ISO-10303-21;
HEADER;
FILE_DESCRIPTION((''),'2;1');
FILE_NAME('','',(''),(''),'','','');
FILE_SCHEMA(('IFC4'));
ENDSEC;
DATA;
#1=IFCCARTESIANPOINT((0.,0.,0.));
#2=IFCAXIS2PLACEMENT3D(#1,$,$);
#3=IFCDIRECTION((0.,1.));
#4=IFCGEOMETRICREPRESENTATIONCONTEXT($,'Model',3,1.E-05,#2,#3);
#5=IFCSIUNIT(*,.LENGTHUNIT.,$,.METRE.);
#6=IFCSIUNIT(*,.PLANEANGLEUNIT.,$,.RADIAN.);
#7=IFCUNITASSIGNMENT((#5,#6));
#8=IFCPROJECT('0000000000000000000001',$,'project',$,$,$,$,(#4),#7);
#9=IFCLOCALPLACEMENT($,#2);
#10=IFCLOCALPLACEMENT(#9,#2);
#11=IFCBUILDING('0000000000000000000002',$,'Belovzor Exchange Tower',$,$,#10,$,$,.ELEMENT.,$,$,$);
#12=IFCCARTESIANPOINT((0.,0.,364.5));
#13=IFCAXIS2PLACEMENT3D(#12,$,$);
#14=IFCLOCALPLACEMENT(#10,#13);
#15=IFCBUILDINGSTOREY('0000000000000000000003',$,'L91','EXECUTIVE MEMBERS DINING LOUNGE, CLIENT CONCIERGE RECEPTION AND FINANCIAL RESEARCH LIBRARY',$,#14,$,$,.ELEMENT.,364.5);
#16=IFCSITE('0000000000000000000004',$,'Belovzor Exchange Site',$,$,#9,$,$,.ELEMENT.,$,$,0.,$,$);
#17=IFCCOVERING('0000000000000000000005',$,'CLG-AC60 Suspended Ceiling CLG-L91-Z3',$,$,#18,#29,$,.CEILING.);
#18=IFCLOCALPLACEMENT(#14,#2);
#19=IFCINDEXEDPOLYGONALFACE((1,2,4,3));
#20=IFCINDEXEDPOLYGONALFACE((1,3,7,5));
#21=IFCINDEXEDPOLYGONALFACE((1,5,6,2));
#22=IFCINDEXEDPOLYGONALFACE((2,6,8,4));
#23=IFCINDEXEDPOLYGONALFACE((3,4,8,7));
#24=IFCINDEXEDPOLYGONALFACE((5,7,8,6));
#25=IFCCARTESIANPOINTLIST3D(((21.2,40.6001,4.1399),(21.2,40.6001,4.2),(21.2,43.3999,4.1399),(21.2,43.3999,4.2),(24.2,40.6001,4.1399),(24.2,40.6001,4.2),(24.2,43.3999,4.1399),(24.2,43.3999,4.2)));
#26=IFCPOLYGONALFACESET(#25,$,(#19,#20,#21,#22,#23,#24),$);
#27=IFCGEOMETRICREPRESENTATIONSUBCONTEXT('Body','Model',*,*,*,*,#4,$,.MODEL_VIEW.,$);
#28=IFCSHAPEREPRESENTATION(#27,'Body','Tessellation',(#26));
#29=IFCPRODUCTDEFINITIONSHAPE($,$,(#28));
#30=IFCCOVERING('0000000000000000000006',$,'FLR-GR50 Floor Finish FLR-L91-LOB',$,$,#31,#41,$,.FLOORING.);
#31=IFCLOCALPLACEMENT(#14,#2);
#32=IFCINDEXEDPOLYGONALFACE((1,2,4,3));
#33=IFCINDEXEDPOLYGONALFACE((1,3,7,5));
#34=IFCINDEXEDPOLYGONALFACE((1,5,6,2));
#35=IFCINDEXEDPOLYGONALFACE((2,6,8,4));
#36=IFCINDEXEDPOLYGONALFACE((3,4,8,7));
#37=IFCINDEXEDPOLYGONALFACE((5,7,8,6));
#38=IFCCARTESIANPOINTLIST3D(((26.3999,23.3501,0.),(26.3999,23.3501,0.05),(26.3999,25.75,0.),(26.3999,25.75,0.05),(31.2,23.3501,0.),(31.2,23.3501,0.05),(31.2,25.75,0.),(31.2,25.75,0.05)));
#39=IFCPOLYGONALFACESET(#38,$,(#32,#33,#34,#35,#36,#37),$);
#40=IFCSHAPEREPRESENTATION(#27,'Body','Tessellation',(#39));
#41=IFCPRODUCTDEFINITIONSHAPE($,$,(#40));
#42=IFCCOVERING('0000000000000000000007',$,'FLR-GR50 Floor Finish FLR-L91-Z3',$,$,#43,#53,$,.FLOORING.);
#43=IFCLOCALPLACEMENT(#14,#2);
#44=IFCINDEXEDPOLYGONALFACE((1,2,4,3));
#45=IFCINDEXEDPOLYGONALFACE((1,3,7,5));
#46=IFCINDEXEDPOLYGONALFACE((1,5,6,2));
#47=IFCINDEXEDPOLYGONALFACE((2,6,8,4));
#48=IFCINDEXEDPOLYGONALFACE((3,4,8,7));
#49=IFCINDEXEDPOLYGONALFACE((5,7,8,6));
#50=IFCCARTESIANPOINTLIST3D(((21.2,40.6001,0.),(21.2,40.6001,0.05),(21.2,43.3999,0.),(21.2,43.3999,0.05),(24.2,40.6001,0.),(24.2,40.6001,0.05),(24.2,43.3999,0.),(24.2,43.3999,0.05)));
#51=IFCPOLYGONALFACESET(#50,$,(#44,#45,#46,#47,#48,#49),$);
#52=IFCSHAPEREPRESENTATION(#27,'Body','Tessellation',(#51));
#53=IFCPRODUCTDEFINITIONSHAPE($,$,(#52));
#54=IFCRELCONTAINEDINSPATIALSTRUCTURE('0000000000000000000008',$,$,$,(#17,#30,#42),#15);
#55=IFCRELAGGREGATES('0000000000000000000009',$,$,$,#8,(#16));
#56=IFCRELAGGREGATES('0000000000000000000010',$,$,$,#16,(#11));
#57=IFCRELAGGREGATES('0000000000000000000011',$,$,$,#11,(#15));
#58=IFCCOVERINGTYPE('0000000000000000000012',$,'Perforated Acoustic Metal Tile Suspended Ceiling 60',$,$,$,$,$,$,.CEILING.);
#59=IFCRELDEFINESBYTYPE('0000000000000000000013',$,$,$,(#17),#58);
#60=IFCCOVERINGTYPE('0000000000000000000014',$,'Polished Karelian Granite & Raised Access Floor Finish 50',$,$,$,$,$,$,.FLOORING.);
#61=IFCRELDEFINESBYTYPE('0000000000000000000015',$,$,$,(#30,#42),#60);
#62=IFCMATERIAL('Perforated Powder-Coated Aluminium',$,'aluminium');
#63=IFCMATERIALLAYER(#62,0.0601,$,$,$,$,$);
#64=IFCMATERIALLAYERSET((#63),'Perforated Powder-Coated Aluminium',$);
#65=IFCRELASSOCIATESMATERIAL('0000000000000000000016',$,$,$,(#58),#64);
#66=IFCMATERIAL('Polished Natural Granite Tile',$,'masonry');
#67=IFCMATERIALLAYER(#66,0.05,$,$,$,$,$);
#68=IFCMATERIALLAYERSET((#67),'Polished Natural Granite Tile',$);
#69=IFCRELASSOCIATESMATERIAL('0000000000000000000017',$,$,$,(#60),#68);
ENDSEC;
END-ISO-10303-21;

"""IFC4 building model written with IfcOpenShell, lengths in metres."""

from ifc_helpers import new_model, si_unit, direction, frame, origin, place, context, subcontext, project, spatial, polyline, outline, extrude, material, layer, layer_set, type_object, element, save


model = new_model("IFC4")

# Units and contexts
model_context = context("Model", 3, precision=1e-05, world=origin(), true_north=direction((0.0, 1.0)))
body_context = subcontext(model_context, "Body", "Model", "MODEL_VIEW")
ifc_project = project(units=[si_unit("LENGTHUNIT", "METRE"), si_unit("PLANEANGLEUNIT", "RADIAN")], contexts=[model_context])

# Site, building, storey
site_placement = place(None, origin())
site = spatial("IfcSite", under=ifc_project, at=site_placement, Name="Belovzor Exchange Site", CompositionType="ELEMENT", RefElevation=0.0)
building_placement = place(site_placement, origin())
building = spatial("IfcBuilding", under=site, at=building_placement, Name="Belovzor Exchange Tower", CompositionType="ELEMENT")
storey_placement = place(building_placement, frame((0.0, 0.0, 364.5)))
storey = spatial("IfcBuildingStorey", under=building, at=storey_placement, Name="L91", Description="EXECUTIVE MEMBERS DINING LOUNGE, CLIENT CONCIERGE RECEPTION AND FINANCIAL RESEARCH LIBRARY", CompositionType="ELEMENT", Elevation=364.5)

# Coverings
ifc_material_1 = material(Name="Perforated Powder-Coated Aluminium", Category="aluminium")
ifc_layer_1 = layer(ifc_material_1, 0.0601)
ifc_layer_set_1 = layer_set([ifc_layer_1], Name="Perforated Powder-Coated Aluminium")
covering_type_1 = type_object("IfcCoveringType", Name="Perforated Acoustic Metal Tile Suspended Ceiling 60", PredefinedType="CEILING", material=ifc_layer_set_1)
covering_1_placement = place(storey_placement, frame((0.0, 0.0, 4.1399)))
element("IfcCovering", 1, at=covering_1_placement, inside=storey, type_object=covering_type_1, Name="CLG-AC60 Suspended Ceiling CLG-L91-Z3", PredefinedType="CEILING", context=body_context, shape_type="SweptSolid", body=[
    extrude(outline(polyline([(21.2, 40.6001), (24.2, 40.6001), (24.2, 43.3999), (21.2, 43.3999), (21.2, 40.6001)])), origin(), (0.0, 0.0, 1.0), 0.0601),
])
ifc_material_2 = material(Name="Polished Natural Granite Tile", Category="masonry")
ifc_layer_2 = layer(ifc_material_2, 0.05)
ifc_layer_set_2 = layer_set([ifc_layer_2], Name="Polished Natural Granite Tile")
covering_type_2 = type_object("IfcCoveringType", Name="Polished Karelian Granite & Raised Access Floor Finish 50", PredefinedType="FLOORING", material=ifc_layer_set_2)
covering_2_placement = place(storey_placement, origin())
element("IfcCovering", 2, at=covering_2_placement, inside=storey, type_object=covering_type_2, Name="FLR-GR50 Floor Finish FLR-L91-LOB", PredefinedType="FLOORING", context=body_context, shape_type="SweptSolid", body=[
    extrude(outline(polyline([(26.3999, 23.3501), (31.2, 23.3501), (31.2, 25.75), (26.3999, 25.75), (26.3999, 23.3501)])), origin(), (0.0, 0.0, 1.0), 0.05),
])
covering_3_placement = place(storey_placement, origin())
element("IfcCovering", 3, at=covering_3_placement, inside=storey, type_object=covering_type_2, Name="FLR-GR50 Floor Finish FLR-L91-Z3", PredefinedType="FLOORING", context=body_context, shape_type="SweptSolid", body=[
    extrude(outline(polyline([(21.2, 40.6001), (24.2, 40.6001), (24.2, 43.3999), (21.2, 43.3999), (21.2, 40.6001)])), origin(), (0.0, 0.0, 1.0), 0.05),
])

save(model, "model.ifc")
